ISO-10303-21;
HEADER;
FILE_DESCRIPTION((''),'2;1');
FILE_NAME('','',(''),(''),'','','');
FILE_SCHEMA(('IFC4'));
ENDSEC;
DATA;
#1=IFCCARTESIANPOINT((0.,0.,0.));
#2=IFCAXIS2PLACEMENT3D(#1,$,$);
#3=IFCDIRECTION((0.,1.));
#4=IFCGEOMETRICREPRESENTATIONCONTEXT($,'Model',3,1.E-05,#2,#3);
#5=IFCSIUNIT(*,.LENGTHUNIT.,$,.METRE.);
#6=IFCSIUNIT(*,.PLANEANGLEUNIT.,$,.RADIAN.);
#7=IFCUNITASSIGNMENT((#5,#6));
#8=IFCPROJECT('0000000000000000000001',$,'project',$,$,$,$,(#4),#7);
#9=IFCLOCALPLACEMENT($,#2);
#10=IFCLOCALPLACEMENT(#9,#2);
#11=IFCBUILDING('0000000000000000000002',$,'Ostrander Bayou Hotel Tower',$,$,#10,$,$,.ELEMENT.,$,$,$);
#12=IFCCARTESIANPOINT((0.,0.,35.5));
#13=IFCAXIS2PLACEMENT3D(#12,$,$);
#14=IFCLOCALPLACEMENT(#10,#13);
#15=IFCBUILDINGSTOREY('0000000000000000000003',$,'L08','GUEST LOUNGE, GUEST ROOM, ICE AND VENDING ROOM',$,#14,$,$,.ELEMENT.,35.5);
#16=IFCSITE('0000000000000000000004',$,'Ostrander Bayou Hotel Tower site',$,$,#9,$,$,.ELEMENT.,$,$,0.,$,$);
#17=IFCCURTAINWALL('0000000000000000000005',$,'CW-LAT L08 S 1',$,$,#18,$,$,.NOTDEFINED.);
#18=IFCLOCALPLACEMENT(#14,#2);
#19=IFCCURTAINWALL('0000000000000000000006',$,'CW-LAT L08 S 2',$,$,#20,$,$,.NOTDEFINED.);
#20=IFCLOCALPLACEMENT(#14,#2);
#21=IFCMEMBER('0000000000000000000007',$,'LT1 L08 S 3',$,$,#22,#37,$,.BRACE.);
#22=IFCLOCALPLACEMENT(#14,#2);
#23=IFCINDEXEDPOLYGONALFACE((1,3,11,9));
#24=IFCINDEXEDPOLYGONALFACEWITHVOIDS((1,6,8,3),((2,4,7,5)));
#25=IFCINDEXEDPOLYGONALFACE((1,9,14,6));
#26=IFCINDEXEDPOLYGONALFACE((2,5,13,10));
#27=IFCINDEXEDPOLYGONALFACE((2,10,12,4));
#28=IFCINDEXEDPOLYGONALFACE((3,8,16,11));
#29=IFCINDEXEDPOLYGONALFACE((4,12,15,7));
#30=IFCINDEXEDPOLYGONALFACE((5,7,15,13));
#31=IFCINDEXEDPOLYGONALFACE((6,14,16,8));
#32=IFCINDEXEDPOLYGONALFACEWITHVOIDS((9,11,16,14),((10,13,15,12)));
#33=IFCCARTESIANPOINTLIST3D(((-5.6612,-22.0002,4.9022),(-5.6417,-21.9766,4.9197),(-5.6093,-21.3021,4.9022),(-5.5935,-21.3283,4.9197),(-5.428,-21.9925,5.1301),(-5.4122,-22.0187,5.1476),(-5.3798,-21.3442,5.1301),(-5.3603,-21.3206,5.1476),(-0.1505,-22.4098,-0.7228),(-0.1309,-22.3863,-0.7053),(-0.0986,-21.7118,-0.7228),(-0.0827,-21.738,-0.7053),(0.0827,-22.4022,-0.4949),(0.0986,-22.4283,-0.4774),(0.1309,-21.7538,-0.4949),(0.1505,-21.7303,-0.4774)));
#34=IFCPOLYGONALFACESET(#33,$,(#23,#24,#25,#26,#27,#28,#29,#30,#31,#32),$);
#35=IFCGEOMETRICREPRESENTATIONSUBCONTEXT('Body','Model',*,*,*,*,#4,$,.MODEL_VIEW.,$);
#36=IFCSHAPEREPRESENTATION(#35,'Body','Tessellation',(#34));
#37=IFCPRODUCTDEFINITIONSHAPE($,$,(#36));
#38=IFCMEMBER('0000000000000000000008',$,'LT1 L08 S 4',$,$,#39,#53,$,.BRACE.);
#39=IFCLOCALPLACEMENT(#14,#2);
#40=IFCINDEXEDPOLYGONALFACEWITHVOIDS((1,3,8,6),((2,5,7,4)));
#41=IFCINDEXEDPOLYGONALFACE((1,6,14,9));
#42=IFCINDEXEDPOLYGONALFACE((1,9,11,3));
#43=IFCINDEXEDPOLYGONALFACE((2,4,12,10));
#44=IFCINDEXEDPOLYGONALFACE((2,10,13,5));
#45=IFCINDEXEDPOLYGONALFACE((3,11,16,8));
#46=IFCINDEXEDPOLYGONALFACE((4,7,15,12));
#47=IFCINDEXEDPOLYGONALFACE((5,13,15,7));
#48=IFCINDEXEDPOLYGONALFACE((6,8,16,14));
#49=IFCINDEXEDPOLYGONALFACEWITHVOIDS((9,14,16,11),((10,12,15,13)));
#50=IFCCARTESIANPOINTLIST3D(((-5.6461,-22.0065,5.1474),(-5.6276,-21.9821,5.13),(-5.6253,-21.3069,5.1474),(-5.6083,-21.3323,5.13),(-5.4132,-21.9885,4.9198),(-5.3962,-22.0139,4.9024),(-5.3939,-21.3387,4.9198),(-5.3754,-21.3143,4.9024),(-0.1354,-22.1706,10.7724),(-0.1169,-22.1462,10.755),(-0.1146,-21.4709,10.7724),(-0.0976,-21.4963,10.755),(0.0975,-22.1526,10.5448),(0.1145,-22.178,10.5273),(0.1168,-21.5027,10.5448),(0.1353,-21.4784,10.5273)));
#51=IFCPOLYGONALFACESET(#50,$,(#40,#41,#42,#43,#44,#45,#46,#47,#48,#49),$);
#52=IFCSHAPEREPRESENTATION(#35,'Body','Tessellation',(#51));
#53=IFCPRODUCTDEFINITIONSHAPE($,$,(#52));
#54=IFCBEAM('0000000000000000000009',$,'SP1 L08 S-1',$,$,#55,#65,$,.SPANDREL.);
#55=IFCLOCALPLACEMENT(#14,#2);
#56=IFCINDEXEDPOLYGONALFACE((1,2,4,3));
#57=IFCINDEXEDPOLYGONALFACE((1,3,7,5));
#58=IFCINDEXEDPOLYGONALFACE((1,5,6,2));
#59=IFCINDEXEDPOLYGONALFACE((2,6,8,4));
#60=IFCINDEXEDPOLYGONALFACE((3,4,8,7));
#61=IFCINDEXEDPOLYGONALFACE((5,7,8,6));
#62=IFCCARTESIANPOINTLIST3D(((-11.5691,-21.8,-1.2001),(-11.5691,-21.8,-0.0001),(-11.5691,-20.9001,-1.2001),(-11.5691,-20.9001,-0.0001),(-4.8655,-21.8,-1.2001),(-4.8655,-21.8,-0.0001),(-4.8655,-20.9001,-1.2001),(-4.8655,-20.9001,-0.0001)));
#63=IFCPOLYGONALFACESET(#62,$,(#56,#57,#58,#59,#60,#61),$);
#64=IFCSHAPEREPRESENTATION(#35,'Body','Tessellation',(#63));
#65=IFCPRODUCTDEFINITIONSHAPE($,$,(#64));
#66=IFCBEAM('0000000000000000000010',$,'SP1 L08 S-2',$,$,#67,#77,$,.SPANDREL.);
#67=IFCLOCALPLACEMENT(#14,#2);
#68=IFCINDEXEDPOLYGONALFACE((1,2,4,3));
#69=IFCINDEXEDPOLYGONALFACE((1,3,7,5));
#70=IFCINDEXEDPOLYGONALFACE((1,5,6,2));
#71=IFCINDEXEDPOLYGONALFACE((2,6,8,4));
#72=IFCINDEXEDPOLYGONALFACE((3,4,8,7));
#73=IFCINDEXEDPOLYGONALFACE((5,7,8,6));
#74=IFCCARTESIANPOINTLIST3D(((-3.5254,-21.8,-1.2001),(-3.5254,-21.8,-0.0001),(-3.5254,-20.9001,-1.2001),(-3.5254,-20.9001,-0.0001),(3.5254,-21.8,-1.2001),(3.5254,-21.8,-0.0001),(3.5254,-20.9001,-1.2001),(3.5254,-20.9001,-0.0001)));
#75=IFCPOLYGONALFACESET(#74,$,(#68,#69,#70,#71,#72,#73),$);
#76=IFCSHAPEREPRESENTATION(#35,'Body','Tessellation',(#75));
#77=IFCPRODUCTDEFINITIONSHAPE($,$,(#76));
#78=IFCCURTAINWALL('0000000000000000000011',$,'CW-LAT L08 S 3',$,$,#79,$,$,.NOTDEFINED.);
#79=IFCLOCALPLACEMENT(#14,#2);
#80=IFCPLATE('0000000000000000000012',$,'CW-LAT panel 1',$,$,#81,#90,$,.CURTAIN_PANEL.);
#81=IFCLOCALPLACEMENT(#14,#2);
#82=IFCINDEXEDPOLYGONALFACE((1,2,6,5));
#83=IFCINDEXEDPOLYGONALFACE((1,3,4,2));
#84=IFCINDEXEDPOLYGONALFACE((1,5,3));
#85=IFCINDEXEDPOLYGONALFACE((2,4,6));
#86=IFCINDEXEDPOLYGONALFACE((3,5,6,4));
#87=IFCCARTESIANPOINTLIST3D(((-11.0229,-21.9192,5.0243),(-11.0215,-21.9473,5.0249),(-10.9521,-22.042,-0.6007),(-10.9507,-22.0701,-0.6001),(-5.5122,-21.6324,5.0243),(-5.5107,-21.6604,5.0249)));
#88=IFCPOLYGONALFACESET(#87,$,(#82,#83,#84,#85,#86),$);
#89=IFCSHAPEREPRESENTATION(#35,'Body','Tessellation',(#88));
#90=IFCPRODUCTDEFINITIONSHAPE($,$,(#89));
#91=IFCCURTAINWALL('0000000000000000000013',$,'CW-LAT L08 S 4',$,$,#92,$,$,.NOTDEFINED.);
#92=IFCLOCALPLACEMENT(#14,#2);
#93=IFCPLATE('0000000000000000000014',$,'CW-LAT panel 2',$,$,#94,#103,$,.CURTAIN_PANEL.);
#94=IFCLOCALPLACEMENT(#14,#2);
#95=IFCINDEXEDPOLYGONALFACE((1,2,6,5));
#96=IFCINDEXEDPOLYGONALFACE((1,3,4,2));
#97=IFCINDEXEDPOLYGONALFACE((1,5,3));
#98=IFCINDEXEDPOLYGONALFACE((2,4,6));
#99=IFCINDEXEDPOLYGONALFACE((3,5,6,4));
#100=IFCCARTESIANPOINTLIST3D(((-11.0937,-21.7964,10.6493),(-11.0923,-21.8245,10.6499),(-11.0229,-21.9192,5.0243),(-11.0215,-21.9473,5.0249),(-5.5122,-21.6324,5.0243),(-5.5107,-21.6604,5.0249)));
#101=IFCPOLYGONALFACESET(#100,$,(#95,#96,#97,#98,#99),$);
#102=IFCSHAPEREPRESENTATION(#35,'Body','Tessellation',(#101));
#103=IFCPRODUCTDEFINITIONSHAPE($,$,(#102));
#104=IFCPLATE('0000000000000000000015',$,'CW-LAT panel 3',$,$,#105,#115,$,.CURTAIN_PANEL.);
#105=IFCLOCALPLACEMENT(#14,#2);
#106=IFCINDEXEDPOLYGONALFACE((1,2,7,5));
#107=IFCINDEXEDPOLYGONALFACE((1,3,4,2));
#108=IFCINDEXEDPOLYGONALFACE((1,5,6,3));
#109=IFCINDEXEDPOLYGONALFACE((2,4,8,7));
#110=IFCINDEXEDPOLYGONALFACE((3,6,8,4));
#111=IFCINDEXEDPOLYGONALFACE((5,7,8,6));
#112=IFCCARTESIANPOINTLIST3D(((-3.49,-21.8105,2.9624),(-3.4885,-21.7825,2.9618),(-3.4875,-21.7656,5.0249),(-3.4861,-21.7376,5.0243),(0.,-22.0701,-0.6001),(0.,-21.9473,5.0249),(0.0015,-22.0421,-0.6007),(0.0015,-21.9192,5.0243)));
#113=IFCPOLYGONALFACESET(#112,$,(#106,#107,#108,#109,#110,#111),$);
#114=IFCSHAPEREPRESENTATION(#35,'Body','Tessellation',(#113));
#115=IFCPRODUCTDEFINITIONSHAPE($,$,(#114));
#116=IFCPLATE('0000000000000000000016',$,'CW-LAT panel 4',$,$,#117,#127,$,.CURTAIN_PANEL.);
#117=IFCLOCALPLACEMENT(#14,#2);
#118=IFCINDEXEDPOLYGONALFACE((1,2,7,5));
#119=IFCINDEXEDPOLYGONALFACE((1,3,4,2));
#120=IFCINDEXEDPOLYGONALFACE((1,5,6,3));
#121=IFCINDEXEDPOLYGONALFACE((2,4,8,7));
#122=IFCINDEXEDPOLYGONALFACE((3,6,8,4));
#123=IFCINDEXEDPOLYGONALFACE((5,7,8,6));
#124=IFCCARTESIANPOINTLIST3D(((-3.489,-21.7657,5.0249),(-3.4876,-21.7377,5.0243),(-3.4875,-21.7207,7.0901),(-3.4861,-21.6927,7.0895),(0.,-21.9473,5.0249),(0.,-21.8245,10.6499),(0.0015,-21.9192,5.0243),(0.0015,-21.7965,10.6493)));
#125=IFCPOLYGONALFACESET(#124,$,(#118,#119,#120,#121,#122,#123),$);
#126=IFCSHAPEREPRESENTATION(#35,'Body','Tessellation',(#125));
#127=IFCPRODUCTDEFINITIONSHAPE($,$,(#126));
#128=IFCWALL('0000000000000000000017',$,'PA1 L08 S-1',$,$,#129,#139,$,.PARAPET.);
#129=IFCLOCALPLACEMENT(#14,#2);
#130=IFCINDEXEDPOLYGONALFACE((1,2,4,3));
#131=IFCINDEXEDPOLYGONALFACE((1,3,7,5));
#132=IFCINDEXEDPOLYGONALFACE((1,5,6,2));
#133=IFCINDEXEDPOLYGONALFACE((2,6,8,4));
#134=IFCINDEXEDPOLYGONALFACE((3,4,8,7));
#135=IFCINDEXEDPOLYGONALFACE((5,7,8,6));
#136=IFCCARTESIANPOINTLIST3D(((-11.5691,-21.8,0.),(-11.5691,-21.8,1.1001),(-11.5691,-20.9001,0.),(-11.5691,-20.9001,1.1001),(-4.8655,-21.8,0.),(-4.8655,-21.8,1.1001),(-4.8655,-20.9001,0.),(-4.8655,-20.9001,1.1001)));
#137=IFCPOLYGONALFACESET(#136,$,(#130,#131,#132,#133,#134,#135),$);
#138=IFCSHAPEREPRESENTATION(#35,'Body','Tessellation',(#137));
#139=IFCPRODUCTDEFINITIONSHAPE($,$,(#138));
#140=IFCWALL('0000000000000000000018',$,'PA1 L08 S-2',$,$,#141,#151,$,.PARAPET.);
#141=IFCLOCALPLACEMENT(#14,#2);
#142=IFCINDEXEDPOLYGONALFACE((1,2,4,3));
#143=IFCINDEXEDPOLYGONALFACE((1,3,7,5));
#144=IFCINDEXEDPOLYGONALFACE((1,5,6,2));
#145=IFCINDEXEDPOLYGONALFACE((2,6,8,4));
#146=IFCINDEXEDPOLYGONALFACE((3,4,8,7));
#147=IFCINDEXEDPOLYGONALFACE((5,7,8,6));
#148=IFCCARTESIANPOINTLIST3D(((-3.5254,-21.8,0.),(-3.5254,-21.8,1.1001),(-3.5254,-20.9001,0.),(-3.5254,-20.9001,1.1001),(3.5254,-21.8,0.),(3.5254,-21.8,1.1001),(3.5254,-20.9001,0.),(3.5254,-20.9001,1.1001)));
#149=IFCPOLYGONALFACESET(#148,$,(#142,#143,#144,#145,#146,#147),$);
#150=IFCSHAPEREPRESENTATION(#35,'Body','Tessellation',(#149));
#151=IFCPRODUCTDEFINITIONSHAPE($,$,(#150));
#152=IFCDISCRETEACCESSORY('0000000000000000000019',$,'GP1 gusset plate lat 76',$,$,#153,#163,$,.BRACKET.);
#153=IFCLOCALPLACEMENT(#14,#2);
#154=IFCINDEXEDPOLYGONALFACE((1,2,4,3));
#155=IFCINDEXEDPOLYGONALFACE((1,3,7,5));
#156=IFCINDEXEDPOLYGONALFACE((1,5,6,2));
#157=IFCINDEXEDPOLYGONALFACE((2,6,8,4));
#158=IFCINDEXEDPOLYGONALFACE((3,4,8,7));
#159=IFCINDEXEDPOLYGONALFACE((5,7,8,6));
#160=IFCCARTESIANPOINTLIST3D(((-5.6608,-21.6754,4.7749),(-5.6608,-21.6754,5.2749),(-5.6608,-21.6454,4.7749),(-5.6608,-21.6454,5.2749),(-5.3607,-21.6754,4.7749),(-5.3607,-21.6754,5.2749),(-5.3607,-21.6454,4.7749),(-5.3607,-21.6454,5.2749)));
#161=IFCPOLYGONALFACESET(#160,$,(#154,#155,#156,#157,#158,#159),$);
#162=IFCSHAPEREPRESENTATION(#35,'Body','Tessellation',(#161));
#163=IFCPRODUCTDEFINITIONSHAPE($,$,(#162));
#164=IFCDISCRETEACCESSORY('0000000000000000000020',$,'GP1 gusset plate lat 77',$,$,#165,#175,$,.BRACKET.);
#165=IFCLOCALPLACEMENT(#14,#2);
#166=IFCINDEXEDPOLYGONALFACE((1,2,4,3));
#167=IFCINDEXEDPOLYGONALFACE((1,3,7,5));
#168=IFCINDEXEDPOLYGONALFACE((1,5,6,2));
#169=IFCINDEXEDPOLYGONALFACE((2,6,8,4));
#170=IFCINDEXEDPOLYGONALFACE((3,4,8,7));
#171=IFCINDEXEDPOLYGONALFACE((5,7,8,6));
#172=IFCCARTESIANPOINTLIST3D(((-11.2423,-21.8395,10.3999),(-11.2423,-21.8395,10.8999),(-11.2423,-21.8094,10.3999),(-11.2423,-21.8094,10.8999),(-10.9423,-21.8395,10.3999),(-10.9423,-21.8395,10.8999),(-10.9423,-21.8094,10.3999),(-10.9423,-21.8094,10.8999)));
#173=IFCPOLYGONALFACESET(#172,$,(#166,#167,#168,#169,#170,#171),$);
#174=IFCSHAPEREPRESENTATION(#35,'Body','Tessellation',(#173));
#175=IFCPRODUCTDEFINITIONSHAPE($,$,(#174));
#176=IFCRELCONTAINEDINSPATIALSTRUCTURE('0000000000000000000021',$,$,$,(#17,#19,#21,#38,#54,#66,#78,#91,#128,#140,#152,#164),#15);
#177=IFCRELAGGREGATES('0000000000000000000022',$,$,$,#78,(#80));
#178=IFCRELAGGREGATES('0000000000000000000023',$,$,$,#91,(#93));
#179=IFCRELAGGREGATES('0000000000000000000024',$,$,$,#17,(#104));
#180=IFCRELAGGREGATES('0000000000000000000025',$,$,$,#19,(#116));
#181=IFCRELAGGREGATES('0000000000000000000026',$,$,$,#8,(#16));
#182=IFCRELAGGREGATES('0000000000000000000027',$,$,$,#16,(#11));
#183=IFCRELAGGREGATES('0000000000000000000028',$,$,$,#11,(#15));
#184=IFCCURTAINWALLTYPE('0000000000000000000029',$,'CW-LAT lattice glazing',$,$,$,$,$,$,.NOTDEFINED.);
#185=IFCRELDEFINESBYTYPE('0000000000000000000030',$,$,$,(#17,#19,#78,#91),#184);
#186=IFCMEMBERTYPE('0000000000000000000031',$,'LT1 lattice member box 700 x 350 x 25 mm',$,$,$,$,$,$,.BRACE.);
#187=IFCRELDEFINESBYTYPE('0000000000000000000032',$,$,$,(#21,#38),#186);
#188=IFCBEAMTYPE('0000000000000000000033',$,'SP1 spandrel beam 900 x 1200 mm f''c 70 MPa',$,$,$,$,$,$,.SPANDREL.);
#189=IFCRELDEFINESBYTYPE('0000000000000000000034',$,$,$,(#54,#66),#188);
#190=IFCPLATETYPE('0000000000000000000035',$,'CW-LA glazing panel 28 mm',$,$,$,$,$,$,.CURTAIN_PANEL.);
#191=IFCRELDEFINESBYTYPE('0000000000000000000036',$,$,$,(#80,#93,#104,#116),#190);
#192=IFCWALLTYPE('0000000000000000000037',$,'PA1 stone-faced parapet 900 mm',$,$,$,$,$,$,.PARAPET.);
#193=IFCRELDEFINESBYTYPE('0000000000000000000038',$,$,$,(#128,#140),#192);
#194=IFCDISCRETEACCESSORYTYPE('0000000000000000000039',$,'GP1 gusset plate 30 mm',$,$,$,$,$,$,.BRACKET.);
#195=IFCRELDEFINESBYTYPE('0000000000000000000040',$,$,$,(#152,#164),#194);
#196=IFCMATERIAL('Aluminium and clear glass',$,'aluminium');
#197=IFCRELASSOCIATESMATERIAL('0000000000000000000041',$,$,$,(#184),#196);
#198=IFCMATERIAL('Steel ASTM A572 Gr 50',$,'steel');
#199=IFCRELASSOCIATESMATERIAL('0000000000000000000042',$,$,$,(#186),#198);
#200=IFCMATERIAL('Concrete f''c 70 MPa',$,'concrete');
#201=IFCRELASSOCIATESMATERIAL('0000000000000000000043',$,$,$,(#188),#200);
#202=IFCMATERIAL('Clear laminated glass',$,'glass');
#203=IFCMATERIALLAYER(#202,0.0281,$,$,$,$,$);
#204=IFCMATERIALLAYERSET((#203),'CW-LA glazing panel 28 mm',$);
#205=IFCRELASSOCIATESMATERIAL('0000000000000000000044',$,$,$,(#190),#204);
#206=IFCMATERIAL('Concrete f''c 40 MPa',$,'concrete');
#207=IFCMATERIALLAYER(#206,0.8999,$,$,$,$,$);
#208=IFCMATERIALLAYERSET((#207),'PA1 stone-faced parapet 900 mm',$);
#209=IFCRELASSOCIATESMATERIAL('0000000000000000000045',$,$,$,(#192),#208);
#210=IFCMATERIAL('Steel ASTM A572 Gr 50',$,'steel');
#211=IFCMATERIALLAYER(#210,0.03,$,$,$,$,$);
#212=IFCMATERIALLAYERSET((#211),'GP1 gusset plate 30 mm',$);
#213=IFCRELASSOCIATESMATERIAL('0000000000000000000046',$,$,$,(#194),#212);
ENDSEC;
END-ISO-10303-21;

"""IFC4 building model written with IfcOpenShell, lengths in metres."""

from ifc_helpers import new_model, si_unit, direction, frame, frame_2d, origin, origin_2d, place, context, subcontext, project, spatial, polyline, rectangle, hollow_rectangle, outline, extrude, material, layer, layer_set, material_profile, profile_set, type_object, element, aggregate, save


model = new_model("IFC4")

# Units and contexts
model_context = context("Model", 3, precision=1e-05, world=origin(), true_north=direction((0.0, 1.0)))
body_context = subcontext(model_context, "Body", "Model", "MODEL_VIEW")
ifc_project = project(units=[si_unit("LENGTHUNIT", "METRE"), si_unit("PLANEANGLEUNIT", "RADIAN")], contexts=[model_context])

# Site, building, storey
site_placement = place(None, origin())
site = spatial("IfcSite", under=ifc_project, at=site_placement, Name="Ostrander Bayou Hotel Tower site", CompositionType="ELEMENT", RefElevation=0.0)
building_placement = place(site_placement, origin())
building = spatial("IfcBuilding", under=site, at=building_placement, Name="Ostrander Bayou Hotel Tower", CompositionType="ELEMENT")
storey_placement = place(building_placement, frame((0.0, 0.0, 35.5)))
storey = spatial("IfcBuildingStorey", under=building, at=storey_placement, Name="L08", Description="GUEST LOUNGE, GUEST ROOM, ICE AND VENDING ROOM", CompositionType="ELEMENT", Elevation=35.5)

# Curtain walls
ifc_material_1 = material(Name="Aluminium and clear glass", Category="aluminium")
curtain_wall_type = type_object("IfcCurtainWallType", Name="CW-LAT lattice glazing", PredefinedType="NOTDEFINED", material=ifc_material_1)
curtain_wall_1_placement = place(storey_placement, origin())
curtain_wall_1 = element("IfcCurtainWall", 1, at=curtain_wall_1_placement, inside=storey, type_object=curtain_wall_type, Name="CW-LAT L08 S 1", PredefinedType="NOTDEFINED")
curtain_wall_2_placement = place(storey_placement, origin())
curtain_wall_2 = element("IfcCurtainWall", 2, at=curtain_wall_2_placement, inside=storey, type_object=curtain_wall_type, Name="CW-LAT L08 S 2", PredefinedType="NOTDEFINED")

# Members
ifc_material_2 = material(Name="Steel ASTM A572 Gr 50", Category="steel")
ifc_material_profile_1 = material_profile(ifc_material_2, hollow_rectangle(XDim=0.7, YDim=0.3501, WallThickness=0.0249, at=origin_2d()))
ifc_profile_set_1 = profile_set([ifc_material_profile_1], Name="Steel ASTM A572 Gr 50")
member_type_1 = type_object("IfcMemberType", Name="LT1 lattice member box 700 x 350 x 25 mm", PredefinedType="BRACE", material=ifc_profile_set_1)
member_1_placement = place(storey_placement, frame((-5.5107, -21.6604, 5.0249), z_axis=(0.69887, -0.051954, -0.71336), x_axis=(0.074135, 0.997248, 0.0)))
element("IfcMember", 3, at=member_1_placement, inside=storey, type_object=member_type_1, Name="LT1 L08 S 3", PredefinedType="BRACE", context=body_context, shape_type="SweptSolid", body=[
    extrude(hollow_rectangle(XDim=0.7, YDim=0.3501, WallThickness=0.0249, at=origin_2d()), origin(), (0.0, 0.0, 1.0), 7.8853),
])
member_2_placement = place(storey_placement, frame((-5.5107, -21.6604, 5.0249), z_axis=(0.699663, -0.02083, 0.714169), x_axis=(0.029758, 0.999557, 0.0)))
element("IfcMember", 4, at=member_2_placement, inside=storey, type_object=member_type_1, Name="LT1 L08 S 4", PredefinedType="BRACE", context=body_context, shape_type="SweptSolid", body=[
    extrude(hollow_rectangle(XDim=0.7, YDim=0.3501, WallThickness=0.0249, at=origin_2d()), origin(), (0.0, 0.0, 1.0), 7.8762),
])

# Beams
ifc_material_3 = material(Name="Concrete f'c 70 MPa", Category="concrete")
ifc_material_profile_2 = material_profile(ifc_material_3, rectangle(XDim=0.8999, YDim=1.2, at=origin_2d()))
ifc_profile_set_2 = profile_set([ifc_material_profile_2], Name="Concrete f'c 70 MPa")
beam_type = type_object("IfcBeamType", Name="SP1 spandrel beam 900 x 1200 mm f'c 70 MPa", PredefinedType="SPANDREL", material=ifc_profile_set_2)
beam_1_placement = place(storey_placement, frame((-11.5691, -21.3501, -0.6001), z_axis=(1.0, 0.0, 0.0), x_axis=(0.0, 1.0, 0.0)))
element("IfcBeam", 5, at=beam_1_placement, inside=storey, type_object=beam_type, Name="SP1 L08 S-1", PredefinedType="SPANDREL", context=body_context, shape_type="SweptSolid", body=[
    extrude(rectangle(XDim=0.8999, YDim=1.2, at=origin_2d()), origin(), (0.0, 0.0, 1.0), 6.7036),
])
beam_2_placement = place(storey_placement, frame((-3.5254, -21.3501, -0.6001), z_axis=(1.0, 0.0, 0.0), x_axis=(0.0, 1.0, 0.0)))
element("IfcBeam", 6, at=beam_2_placement, inside=storey, type_object=beam_type, Name="SP1 L08 S-2", PredefinedType="SPANDREL", context=body_context, shape_type="SweptSolid", body=[
    extrude(rectangle(XDim=0.8999, YDim=1.2, at=origin_2d()), origin(), (0.0, 0.0, 1.0), 7.0508),
])

# Curtain walls, plates
curtain_wall_3_placement = place(storey_placement, origin())
curtain_wall_3 = element("IfcCurtainWall", 7, at=curtain_wall_3_placement, inside=storey, type_object=curtain_wall_type, Name="CW-LAT L08 S 3", PredefinedType="NOTDEFINED")
ifc_material_4 = material(Name="Clear laminated glass", Category="glass")
ifc_layer_1 = layer(ifc_material_4, 0.0281)
ifc_layer_set_1 = layer_set([ifc_layer_1], Name="CW-LA glazing panel 28 mm")
plate_type = type_object("IfcPlateType", Name="CW-LA glazing panel 28 mm", PredefinedType="CURTAIN_PANEL", material=ifc_layer_set_1)
plate_1_placement = place(storey_placement, frame((-5.5107, -21.6604, 5.0249), z_axis=(0.051972, -0.998396, 0.022451), x_axis=(-0.694233, -0.052281, -0.717849)))
plate_1 = element("IfcPlate", 8, at=plate_1_placement, type_object=plate_type, Name="CW-LAT panel 1", PredefinedType="CURTAIN_PANEL", context=body_context, shape_type="SweptSolid", body=[
    extrude(outline(polyline([(0.0, 0.0), (7.8359, 0.0), (3.8407, -3.9622), (0.0, 0.0)])), origin(), (0.0, 0.0, -1.0), 0.0281),
])
aggregate(curtain_wall_3, [plate_1])
curtain_wall_4_placement = place(storey_placement, origin())
curtain_wall_4 = element("IfcCurtainWall", 9, at=curtain_wall_4_placement, inside=storey, type_object=curtain_wall_type, Name="CW-LAT L08 S 4", PredefinedType="NOTDEFINED")
plate_2_placement = place(storey_placement, frame((-5.5107, -21.6604, 5.0249), z_axis=(0.051972, -0.998396, 0.022451), x_axis=(-0.704209, -0.020699, 0.709691)))
plate_2 = element("IfcPlate", 10, at=plate_2_placement, type_object=plate_type, Name="CW-LAT panel 2", PredefinedType="CURTAIN_PANEL", context=body_context, shape_type="SweptSolid", body=[
    extrude(outline(polyline([(0.0, 0.0), (7.926, 0.0), (3.8866, 3.9172), (0.0, 0.0)])), origin(), (0.0, 0.0, -1.0), 0.0281),
])
aggregate(curtain_wall_4, [plate_2])

# Plates
plate_3_placement = place(storey_placement, frame((-3.49, -21.8105, 2.9624), z_axis=(-0.051995, -0.998409, 0.0218), x_axis=(0.698854, -0.051971, -0.713374)))
plate_3 = element("IfcPlate", 11, at=plate_3_placement, type_object=plate_type, Name="CW-LAT panel 3", PredefinedType="CURTAIN_PANEL", context=body_context, shape_type="SweptSolid", body=[
    extrude(outline(polyline([(0.0, 0.0), (4.9939, 0.0), (0.9748, 3.9373), (-1.472, 1.4454), (0.0, 0.0)])), origin(), (0.0, 0.0, -1.0), 0.0281),
])
aggregate(curtain_wall_1, [plate_3])
plate_4_placement = place(storey_placement, frame((-3.4875, -21.7207, 7.0901), z_axis=(-0.05196, -0.998412, 0.021785), x_axis=(0.699667, -0.020829, 0.714166)))
plate_4 = element("IfcPlate", 12, at=plate_4_placement, type_object=plate_type, Name="CW-LAT panel 4", PredefinedType="CURTAIN_PANEL", context=body_context, shape_type="SweptSolid", body=[
    extrude(outline(polyline([(0.0, 0.0), (4.9846, 0.0), (0.97, -3.9419), (-1.475, -1.4462), (0.0, 0.0)])), origin(), (0.0, 0.0, -1.0), 0.0281),
])
aggregate(curtain_wall_2, [plate_4])

# Walls
ifc_material_5 = material(Name="Concrete f'c 40 MPa", Category="concrete")
ifc_layer_2 = layer(ifc_material_5, 0.8999)
ifc_layer_set_2 = layer_set([ifc_layer_2], Name="PA1 stone-faced parapet 900 mm")
wall_type = type_object("IfcWallType", Name="PA1 stone-faced parapet 900 mm", PredefinedType="PARAPET", material=ifc_layer_set_2)
wall_1_placement = place(storey_placement, frame((-11.5691, -21.3501, 0.0), z_axis=(0.0, 0.0, 1.0), x_axis=(1.0, 0.0, 0.0)))
element("IfcWall", 13, at=wall_1_placement, inside=storey, type_object=wall_type, Name="PA1 L08 S-1", PredefinedType="PARAPET", context=body_context, shape_type="SweptSolid", body=[
    extrude(rectangle(XDim=6.7036, YDim=0.8999, at=frame_2d((3.3518, 0.0))), origin(), (0.0, 0.0, 1.0), 1.1001),
])
wall_2_placement = place(storey_placement, frame((-3.5254, -21.3501, 0.0), z_axis=(0.0, 0.0, 1.0), x_axis=(1.0, 0.0, 0.0)))
element("IfcWall", 14, at=wall_2_placement, inside=storey, type_object=wall_type, Name="PA1 L08 S-2", PredefinedType="PARAPET", context=body_context, shape_type="SweptSolid", body=[
    extrude(rectangle(XDim=7.0508, YDim=0.8999, at=frame_2d((3.5254, 0.0))), origin(), (0.0, 0.0, 1.0), 1.1001),
])

# Discrete accessories
ifc_material_6 = material(Name="Steel ASTM A572 Gr 50", Category="steel")
ifc_layer_3 = layer(ifc_material_6, 0.03)
ifc_layer_set_3 = layer_set([ifc_layer_3], Name="GP1 gusset plate 30 mm")
discrete_accessory_type = type_object("IfcDiscreteAccessoryType", Name="GP1 gusset plate 30 mm", PredefinedType="BRACKET", material=ifc_layer_set_3)
for number, where, z_axis, x_axis, name in (
    (15, (-5.5107, -21.6604, 4.7749), (0.0, 0.0, 1.0), (1.0, 0.0, 0.0), "GP1 gusset plate lat 76"),
    (16, (-11.0923, -21.8245, 10.3999), (0.0, 0.0, 1.0), (1.0, 0.0, 0.0), "GP1 gusset plate lat 77"),
):
    element("IfcDiscreteAccessory", number, at=place(storey_placement, frame(where, z_axis=z_axis, x_axis=x_axis)), inside=storey, type_object=discrete_accessory_type, Name=name, PredefinedType="BRACKET", context=body_context, shape_type="SweptSolid", body=[
        extrude(rectangle(XDim=0.3, YDim=0.03, at=origin_2d()), origin(), (0.0, 0.0, 1.0), 0.5),
    ])

save(model, "model.ifc")
